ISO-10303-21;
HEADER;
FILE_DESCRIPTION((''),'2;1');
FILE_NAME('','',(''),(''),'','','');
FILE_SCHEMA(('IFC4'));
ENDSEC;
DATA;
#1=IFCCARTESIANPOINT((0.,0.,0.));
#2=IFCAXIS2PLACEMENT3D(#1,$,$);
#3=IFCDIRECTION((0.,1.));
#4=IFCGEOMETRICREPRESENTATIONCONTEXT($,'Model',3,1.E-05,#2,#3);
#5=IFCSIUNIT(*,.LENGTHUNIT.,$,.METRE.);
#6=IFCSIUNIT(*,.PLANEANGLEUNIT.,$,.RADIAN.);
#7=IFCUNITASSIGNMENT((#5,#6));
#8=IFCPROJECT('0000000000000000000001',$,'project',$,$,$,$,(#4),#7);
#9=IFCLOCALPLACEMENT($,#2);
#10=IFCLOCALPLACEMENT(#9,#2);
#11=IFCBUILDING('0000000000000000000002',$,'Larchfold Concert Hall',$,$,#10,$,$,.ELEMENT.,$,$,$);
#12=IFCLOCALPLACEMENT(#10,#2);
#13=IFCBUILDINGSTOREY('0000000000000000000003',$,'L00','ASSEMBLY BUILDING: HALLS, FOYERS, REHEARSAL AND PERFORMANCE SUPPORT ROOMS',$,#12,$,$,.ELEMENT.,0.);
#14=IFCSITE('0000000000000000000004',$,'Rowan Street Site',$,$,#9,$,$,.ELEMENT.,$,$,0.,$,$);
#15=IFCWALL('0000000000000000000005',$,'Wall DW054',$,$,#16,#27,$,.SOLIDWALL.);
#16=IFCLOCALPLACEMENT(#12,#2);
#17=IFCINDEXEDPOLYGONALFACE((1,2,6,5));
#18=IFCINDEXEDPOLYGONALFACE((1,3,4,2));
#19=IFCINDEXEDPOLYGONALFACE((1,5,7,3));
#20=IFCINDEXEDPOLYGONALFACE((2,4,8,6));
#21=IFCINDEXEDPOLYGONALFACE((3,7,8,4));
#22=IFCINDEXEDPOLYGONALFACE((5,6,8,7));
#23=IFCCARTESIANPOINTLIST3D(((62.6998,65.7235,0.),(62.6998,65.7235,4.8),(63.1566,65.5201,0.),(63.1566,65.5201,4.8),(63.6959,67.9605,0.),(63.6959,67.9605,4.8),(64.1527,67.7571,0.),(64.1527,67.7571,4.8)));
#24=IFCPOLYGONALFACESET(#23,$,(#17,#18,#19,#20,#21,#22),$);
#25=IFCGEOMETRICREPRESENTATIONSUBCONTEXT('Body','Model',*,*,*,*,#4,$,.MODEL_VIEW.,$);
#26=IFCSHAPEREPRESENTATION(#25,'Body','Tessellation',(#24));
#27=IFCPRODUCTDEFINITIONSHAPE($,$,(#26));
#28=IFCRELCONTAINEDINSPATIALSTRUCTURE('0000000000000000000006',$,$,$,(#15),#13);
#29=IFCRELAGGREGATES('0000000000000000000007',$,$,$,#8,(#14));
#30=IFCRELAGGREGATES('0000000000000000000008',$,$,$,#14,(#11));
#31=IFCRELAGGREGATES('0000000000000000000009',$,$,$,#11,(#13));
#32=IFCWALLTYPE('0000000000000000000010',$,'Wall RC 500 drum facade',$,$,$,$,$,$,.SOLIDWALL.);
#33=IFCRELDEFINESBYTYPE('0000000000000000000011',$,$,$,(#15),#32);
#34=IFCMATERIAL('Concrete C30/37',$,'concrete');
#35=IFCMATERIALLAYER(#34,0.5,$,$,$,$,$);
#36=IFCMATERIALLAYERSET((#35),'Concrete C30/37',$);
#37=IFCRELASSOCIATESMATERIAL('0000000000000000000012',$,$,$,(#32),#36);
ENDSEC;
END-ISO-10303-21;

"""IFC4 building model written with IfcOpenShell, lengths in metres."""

from ifc_helpers import new_model, si_unit, direction, frame, frame_2d, origin, place, context, subcontext, project, spatial, rectangle, extrude, material, layer, layer_set, type_object, element, save


model = new_model("IFC4")

# Units and contexts
model_context = context("Model", 3, precision=1e-05, world=origin(), true_north=direction((0.0, 1.0)))
body_context = subcontext(model_context, "Body", "Model", "MODEL_VIEW")
ifc_project = project(units=[si_unit("LENGTHUNIT", "METRE"), si_unit("PLANEANGLEUNIT", "RADIAN")], contexts=[model_context])

# Site, building, storey
site_placement = place(None, origin())
site = spatial("IfcSite", under=ifc_project, at=site_placement, Name="Rowan Street Site", CompositionType="ELEMENT", RefElevation=0.0)
building_placement = place(site_placement, origin())
building = spatial("IfcBuilding", under=site, at=building_placement, Name="Larchfold Concert Hall", CompositionType="ELEMENT")
storey_placement = place(building_placement, origin())
storey = spatial("IfcBuildingStorey", under=building, at=storey_placement, Name="L00", Description="ASSEMBLY BUILDING: HALLS, FOYERS, REHEARSAL AND PERFORMANCE SUPPORT ROOMS", CompositionType="ELEMENT", Elevation=0.0)

# Shared definitions
ifc_material_1 = material(Name="Concrete C30/37", Category="concrete")
ifc_layer_1 = layer(ifc_material_1, 0.5)
ifc_layer_set_1 = layer_set([ifc_layer_1], Name="Concrete C30/37")
wall_type_1 = type_object("IfcWallType", Name="Wall RC 500 drum facade", PredefinedType="SOLIDWALL", material=ifc_layer_set_1)

# Wall
wall_1_placement = place(storey_placement, frame((62.9282, 65.6218, 0.0), z_axis=(0.0, 0.0, 1.0), x_axis=(0.406767, 0.913532, 0.0)))
element("IfcWall", 1, at=wall_1_placement, inside=storey, type_object=wall_type_1, Name="Wall DW054", PredefinedType="SOLIDWALL", context=body_context, shape_type="SweptSolid", body=[
    extrude(rectangle(XDim=2.4487, YDim=0.5, at=frame_2d((1.2244, 0.0))), origin(), (0.0, 0.0, 1.0), 4.8),
])

save(model, "model.ifc")
